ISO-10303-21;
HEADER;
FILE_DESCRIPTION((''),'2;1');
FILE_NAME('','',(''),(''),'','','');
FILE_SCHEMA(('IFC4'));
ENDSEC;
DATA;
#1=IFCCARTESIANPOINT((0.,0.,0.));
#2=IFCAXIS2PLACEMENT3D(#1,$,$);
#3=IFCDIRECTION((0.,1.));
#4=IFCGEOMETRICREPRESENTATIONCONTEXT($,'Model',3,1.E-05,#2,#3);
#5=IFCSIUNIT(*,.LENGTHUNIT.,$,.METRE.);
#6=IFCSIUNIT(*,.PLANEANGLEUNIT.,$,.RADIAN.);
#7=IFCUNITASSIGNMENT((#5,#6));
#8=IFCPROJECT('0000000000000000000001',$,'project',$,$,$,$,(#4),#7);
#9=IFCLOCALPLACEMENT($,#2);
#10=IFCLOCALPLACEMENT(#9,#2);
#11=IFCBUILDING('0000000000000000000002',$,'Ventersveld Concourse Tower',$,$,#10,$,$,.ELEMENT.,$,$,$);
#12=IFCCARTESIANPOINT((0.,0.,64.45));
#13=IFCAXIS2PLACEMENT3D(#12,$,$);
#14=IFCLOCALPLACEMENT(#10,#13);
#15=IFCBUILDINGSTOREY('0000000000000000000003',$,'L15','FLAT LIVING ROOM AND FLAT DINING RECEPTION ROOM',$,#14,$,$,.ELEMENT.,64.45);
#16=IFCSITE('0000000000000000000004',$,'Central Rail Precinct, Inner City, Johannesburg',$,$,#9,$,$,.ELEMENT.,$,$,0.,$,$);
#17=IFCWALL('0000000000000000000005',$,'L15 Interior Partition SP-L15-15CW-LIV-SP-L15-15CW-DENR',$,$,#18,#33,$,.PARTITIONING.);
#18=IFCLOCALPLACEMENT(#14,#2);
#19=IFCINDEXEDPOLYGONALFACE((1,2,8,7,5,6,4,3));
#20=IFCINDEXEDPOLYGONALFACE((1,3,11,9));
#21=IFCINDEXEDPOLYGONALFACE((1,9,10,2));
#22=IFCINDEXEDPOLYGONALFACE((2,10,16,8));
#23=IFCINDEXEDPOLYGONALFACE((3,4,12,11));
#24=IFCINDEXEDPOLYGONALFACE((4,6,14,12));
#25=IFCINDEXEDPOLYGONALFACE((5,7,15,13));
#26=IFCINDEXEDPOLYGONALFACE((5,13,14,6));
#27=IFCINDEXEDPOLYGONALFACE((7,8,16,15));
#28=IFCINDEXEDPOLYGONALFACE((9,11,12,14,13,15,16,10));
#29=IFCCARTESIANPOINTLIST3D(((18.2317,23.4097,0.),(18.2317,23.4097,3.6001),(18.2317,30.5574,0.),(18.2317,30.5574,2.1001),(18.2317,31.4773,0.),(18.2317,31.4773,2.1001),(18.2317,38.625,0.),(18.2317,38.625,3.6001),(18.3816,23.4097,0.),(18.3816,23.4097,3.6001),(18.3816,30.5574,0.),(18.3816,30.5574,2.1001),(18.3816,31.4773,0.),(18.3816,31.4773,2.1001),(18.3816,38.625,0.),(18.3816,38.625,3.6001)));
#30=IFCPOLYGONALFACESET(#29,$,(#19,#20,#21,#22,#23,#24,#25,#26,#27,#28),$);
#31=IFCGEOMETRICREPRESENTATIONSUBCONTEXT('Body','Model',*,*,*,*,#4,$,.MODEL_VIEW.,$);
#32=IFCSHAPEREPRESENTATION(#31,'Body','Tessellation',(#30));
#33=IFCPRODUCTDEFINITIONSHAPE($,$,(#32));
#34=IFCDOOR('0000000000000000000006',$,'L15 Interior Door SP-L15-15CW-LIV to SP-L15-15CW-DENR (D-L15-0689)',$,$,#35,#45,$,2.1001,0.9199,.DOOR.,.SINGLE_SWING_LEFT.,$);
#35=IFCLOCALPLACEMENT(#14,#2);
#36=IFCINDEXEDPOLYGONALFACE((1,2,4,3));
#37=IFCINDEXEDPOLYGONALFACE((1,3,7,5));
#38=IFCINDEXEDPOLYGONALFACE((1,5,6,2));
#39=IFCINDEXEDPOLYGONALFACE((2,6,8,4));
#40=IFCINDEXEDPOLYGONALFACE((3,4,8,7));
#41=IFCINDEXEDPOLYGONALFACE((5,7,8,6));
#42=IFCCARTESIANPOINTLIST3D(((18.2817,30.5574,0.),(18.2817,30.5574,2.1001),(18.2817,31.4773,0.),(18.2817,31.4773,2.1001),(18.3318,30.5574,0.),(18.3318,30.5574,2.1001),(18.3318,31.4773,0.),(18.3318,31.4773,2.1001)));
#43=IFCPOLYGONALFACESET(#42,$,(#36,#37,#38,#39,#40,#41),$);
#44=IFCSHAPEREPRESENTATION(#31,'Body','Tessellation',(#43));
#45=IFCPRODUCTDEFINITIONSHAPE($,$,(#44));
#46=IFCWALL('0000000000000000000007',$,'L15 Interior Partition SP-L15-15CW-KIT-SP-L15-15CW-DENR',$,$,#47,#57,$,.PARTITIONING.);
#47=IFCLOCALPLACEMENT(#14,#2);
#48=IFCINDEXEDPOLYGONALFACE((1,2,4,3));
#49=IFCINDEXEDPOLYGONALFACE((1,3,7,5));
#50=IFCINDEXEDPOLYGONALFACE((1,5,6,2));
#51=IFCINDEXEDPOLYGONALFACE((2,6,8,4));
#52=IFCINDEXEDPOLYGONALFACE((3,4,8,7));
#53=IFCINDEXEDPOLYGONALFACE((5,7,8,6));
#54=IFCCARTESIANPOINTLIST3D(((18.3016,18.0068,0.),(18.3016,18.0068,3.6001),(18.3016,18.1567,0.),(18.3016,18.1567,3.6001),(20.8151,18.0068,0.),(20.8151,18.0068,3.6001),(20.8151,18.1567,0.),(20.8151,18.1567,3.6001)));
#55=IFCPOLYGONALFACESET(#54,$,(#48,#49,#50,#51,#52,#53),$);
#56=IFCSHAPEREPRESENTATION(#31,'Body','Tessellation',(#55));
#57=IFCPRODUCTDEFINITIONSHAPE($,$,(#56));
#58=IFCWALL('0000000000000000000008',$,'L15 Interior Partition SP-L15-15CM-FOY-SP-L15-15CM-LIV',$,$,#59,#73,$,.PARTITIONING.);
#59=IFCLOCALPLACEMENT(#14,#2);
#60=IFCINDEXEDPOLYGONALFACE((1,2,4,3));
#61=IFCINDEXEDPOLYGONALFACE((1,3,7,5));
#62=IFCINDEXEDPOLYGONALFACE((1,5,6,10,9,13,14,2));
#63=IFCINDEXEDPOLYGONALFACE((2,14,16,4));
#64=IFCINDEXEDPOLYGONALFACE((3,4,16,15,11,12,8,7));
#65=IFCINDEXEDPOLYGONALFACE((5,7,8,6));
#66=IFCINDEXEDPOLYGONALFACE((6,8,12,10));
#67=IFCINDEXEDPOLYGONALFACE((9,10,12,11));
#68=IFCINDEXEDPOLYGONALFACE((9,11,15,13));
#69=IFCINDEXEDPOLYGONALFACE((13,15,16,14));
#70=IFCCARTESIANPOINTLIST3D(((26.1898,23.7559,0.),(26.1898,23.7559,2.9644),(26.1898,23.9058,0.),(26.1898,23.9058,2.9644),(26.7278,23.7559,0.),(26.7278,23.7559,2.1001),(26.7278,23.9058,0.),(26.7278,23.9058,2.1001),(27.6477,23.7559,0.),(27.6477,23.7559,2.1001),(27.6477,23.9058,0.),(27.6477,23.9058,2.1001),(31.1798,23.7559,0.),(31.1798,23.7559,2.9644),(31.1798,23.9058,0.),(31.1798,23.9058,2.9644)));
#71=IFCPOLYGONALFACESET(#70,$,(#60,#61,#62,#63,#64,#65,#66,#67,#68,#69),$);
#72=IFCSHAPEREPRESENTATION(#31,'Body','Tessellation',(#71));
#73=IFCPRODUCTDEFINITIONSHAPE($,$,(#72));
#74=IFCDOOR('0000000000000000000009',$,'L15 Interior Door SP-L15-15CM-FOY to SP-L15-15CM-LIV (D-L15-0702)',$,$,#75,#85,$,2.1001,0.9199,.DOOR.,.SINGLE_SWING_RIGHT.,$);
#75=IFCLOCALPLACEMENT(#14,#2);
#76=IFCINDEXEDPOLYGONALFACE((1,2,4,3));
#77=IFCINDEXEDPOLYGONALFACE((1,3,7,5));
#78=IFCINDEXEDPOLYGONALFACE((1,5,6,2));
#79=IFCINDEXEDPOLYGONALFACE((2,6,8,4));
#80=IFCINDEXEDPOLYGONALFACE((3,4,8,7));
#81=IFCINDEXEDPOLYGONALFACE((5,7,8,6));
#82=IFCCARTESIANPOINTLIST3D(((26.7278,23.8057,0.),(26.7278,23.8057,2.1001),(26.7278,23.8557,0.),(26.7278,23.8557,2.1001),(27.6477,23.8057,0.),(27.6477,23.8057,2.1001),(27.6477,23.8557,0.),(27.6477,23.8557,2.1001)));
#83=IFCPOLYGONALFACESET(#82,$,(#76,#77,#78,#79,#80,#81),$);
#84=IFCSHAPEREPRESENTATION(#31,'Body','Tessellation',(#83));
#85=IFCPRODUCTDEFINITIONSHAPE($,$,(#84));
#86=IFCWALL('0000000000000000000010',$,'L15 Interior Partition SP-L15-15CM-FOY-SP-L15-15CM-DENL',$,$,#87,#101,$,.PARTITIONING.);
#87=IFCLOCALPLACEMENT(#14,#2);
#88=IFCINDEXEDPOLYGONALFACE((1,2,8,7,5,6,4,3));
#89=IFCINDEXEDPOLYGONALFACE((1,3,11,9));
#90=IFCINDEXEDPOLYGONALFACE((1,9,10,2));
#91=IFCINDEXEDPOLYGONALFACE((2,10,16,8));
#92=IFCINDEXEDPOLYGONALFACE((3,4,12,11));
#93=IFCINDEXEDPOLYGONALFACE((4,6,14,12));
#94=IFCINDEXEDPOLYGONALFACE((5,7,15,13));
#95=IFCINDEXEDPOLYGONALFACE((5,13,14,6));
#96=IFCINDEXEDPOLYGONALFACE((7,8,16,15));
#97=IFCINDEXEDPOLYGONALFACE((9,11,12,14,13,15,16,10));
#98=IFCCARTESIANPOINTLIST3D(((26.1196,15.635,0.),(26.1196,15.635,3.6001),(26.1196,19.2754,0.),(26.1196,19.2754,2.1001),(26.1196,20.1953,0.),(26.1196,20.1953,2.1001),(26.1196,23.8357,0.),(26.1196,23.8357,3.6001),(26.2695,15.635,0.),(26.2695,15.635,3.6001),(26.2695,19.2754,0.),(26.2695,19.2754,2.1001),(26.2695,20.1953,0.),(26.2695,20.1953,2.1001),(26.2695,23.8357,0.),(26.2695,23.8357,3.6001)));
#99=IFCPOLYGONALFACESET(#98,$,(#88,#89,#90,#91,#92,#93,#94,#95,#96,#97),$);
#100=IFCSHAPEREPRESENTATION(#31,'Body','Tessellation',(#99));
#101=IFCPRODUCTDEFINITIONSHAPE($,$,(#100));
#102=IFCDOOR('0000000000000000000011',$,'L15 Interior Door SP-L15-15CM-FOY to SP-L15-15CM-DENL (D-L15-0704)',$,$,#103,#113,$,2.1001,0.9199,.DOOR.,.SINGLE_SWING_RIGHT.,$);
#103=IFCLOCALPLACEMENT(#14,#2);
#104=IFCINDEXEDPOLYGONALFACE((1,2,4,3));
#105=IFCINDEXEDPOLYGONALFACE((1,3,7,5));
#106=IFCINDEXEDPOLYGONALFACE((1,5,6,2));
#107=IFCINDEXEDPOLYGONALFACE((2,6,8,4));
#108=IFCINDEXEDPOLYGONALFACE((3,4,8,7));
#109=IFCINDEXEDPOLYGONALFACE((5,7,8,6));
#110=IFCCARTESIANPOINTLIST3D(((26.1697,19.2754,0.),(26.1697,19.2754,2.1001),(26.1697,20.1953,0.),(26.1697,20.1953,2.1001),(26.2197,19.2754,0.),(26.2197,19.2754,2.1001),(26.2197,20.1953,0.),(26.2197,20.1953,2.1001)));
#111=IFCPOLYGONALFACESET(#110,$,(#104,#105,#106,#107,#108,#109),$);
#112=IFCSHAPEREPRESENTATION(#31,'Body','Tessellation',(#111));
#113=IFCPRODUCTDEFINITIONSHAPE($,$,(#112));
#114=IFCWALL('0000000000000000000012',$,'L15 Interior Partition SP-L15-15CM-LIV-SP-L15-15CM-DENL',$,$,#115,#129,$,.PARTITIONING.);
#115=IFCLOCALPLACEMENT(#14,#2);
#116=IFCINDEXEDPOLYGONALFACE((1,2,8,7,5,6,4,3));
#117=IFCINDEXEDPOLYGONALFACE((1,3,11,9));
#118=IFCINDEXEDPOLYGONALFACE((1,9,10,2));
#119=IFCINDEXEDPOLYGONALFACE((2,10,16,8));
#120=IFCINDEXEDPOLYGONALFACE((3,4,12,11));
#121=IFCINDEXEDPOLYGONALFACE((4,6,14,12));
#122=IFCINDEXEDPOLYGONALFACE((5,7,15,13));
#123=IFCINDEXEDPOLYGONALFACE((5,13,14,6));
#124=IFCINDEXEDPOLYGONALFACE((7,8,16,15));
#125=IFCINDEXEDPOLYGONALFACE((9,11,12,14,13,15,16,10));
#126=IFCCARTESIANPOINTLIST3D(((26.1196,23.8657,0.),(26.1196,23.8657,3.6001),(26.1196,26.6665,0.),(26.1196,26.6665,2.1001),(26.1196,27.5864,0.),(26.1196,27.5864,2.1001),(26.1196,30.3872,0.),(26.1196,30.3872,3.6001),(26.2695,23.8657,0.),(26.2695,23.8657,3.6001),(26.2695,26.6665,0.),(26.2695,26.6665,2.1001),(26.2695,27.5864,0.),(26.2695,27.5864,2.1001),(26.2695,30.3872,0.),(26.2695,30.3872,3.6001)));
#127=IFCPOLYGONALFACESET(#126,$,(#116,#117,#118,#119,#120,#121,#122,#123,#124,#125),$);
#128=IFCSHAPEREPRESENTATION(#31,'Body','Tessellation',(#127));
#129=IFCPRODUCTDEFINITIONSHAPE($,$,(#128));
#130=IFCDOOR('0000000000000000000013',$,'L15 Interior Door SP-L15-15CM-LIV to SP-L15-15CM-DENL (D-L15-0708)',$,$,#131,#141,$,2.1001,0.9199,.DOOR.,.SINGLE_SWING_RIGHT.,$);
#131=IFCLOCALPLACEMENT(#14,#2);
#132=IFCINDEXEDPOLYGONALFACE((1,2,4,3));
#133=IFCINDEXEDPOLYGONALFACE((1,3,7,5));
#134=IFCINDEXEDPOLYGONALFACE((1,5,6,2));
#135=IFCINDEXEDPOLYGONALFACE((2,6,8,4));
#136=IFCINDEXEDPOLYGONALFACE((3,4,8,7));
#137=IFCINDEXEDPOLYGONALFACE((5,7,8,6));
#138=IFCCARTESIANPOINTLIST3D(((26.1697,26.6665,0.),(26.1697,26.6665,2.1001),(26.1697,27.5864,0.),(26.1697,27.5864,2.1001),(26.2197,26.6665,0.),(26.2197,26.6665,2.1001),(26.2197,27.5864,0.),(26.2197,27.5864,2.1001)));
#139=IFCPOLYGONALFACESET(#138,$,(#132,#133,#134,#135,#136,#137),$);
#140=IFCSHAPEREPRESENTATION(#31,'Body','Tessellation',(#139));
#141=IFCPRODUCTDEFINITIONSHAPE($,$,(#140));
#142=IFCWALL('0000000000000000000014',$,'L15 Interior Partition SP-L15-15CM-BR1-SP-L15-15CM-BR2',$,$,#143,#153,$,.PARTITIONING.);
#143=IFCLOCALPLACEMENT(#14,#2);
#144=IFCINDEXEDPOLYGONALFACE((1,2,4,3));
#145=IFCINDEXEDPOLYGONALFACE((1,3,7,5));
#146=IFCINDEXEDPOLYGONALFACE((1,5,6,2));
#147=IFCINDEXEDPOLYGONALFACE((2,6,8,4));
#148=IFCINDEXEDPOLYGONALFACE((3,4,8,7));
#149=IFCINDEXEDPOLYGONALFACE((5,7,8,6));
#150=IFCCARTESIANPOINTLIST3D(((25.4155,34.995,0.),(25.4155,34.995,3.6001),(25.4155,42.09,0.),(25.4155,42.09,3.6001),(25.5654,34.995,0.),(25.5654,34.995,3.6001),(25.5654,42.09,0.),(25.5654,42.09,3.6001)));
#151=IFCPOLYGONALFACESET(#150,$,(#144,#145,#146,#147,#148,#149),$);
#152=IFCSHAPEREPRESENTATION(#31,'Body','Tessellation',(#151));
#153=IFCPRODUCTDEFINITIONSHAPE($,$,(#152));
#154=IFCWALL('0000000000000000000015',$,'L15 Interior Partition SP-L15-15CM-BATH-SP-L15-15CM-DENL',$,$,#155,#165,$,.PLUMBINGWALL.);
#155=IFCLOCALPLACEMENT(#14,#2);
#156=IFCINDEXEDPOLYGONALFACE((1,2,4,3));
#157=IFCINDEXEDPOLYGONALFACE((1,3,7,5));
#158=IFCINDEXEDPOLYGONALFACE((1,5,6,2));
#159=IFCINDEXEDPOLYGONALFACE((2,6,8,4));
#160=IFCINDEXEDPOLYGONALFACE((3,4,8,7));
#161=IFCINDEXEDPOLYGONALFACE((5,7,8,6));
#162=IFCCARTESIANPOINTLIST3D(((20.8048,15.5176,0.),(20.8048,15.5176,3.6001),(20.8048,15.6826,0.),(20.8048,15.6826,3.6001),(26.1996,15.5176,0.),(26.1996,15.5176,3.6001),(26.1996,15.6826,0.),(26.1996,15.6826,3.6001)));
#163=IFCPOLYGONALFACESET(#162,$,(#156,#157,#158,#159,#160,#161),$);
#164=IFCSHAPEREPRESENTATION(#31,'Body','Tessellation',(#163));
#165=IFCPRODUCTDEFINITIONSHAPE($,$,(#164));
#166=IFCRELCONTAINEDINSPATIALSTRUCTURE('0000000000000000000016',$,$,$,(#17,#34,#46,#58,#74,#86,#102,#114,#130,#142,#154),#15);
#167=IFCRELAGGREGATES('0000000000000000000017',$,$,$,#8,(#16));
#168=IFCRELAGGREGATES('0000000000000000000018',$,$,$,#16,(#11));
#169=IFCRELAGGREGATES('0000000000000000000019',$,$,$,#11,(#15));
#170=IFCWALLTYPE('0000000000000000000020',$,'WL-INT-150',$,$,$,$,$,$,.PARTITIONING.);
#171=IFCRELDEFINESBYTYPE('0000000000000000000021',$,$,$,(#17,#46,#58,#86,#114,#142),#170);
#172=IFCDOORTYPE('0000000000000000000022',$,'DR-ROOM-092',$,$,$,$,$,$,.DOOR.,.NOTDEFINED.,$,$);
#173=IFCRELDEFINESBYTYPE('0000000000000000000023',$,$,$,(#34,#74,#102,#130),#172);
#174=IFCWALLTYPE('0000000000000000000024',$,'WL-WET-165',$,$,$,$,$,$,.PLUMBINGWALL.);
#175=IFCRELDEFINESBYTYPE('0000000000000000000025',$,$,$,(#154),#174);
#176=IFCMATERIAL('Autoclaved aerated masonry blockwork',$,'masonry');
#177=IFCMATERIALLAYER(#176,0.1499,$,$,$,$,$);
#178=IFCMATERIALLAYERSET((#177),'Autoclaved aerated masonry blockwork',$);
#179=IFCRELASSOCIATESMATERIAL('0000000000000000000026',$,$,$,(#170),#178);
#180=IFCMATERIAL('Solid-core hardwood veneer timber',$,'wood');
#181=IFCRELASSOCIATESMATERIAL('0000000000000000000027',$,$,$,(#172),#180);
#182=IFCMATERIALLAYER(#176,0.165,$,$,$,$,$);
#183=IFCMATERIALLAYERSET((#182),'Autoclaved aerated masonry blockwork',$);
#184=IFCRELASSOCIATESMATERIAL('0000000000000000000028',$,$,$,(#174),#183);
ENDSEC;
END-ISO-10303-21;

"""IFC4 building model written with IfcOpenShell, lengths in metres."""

from ifc_helpers import new_model, si_unit, direction, frame, frame_2d, origin, place, context, subcontext, project, spatial, rectangle, extrude, material, layer, layer_set, type_object, element, fill, save


model = new_model("IFC4")

# Units and contexts
model_context = context("Model", 3, precision=1e-05, world=origin(), true_north=direction((0.0, 1.0)))
body_context = subcontext(model_context, "Body", "Model", "MODEL_VIEW")
ifc_project = project(units=[si_unit("LENGTHUNIT", "METRE"), si_unit("PLANEANGLEUNIT", "RADIAN")], contexts=[model_context])

# Site, building, storey
site_placement = place(None, origin())
site = spatial("IfcSite", under=ifc_project, at=site_placement, Name="Central Rail Precinct, Inner City, Johannesburg", CompositionType="ELEMENT", RefElevation=0.0)
building_placement = place(site_placement, origin())
building = spatial("IfcBuilding", under=site, at=building_placement, Name="Ventersveld Concourse Tower", CompositionType="ELEMENT")
storey_placement = place(building_placement, frame((0.0, 0.0, 64.45)))
storey = spatial("IfcBuildingStorey", under=building, at=storey_placement, Name="L15", Description="FLAT LIVING ROOM AND FLAT DINING RECEPTION ROOM", CompositionType="ELEMENT", Elevation=64.45)

# Wall, opening, door
ifc_material_1 = material(Name="Autoclaved aerated masonry blockwork", Category="masonry")
ifc_layer_1 = layer(ifc_material_1, 0.1499)
ifc_layer_set_1 = layer_set([ifc_layer_1], Name="Autoclaved aerated masonry blockwork")
wall_type_1 = type_object("IfcWallType", Name="WL-INT-150", PredefinedType="PARTITIONING", material=ifc_layer_set_1)
ifc_material_2 = material(Name="Solid-core hardwood veneer timber", Category="wood")
door_type = type_object("IfcDoorType", Name="DR-ROOM-092", OperationType="NOTDEFINED", PredefinedType="DOOR", material=ifc_material_2)
wall_1_placement = place(storey_placement, frame((18.3066, 23.4097, 0.0), z_axis=(0.0, 0.0, 1.0), x_axis=(0.0, 1.0, 0.0)))
wall_1 = element("IfcWall", 1, at=wall_1_placement, inside=storey, type_object=wall_type_1, Name="L15 Interior Partition SP-L15-15CW-LIV-SP-L15-15CW-DENR", PredefinedType="PARTITIONING", context=body_context, shape_type="SweptSolid", body=[
    extrude(rectangle(XDim=15.2153, YDim=0.1499, at=frame_2d((7.6077, 0.0))), origin(), (0.0, 0.0, 1.0), 3.6001),
])
opening_1_placement = place(wall_1_placement, frame((7.1477, 0.0, 0.0)))
opening_1 = element("IfcOpeningElement", 2, at=opening_1_placement, cuts=wall_1, PredefinedType="OPENING", context=body_context, shape_type="SweptSolid", body=[
    extrude(rectangle(XDim=0.9199, YDim=2.1001, at=frame_2d((0.46, 1.05))), frame((0.0, 0.085, 0.0), z_axis=(0.0, -1.0, 0.0), x_axis=(1.0, 0.0, 0.0)), (0.0, 0.0, 1.0), 0.1699),
])
door_1_placement = place(opening_1_placement, origin())
door_1 = element("IfcDoor", 3, at=door_1_placement, inside=storey, type_object=door_type, Name="L15 Interior Door SP-L15-15CW-LIV to SP-L15-15CW-DENR (D-L15-0689)", OperationType="SINGLE_SWING_LEFT", OverallHeight=2.1001, OverallWidth=0.9199, PredefinedType="DOOR", context=body_context, shape_type="SweptSolid", body=[
    extrude(rectangle(XDim=0.9199, YDim=2.1001, at=frame_2d((0.46, 1.05))), frame((0.0, 0.0249, 0.0), z_axis=(0.0, -1.0, 0.0), x_axis=(1.0, 0.0, 0.0)), (0.0, 0.0, 1.0), 0.05),
])
fill(opening_1, door_1)

# Wall
wall_2_placement = place(storey_placement, frame((18.3015, 18.0818, 0.0), z_axis=(0.0, 0.0, 1.0), x_axis=(1.0, 0.0, 0.0)))
element("IfcWall", 4, at=wall_2_placement, inside=storey, type_object=wall_type_1, Name="L15 Interior Partition SP-L15-15CW-KIT-SP-L15-15CW-DENR", PredefinedType="PARTITIONING", context=body_context, shape_type="SweptSolid", body=[
    extrude(rectangle(XDim=2.5134, YDim=0.1499, at=frame_2d((1.2568, 0.0))), origin(), (0.0, 0.0, 1.0), 3.6001),
])

# Walls, openings, doors
wall_3_placement = place(storey_placement, frame((26.1897, 23.8308, 0.0), z_axis=(0.0, 0.0, 1.0), x_axis=(1.0, 0.0, 0.0)))
wall_3 = element("IfcWall", 5, at=wall_3_placement, inside=storey, type_object=wall_type_1, Name="L15 Interior Partition SP-L15-15CM-FOY-SP-L15-15CM-LIV", PredefinedType="PARTITIONING", context=body_context, shape_type="SweptSolid", body=[
    extrude(rectangle(XDim=4.99, YDim=0.1499, at=frame_2d((2.4951, 0.0))), origin(), (0.0, 0.0, 1.0), 2.9644),
])
opening_2_placement = place(wall_3_placement, frame((0.5381, 0.0, 0.0)))
opening_2 = element("IfcOpeningElement", 6, at=opening_2_placement, cuts=wall_3, PredefinedType="OPENING", context=body_context, shape_type="SweptSolid", body=[
    extrude(rectangle(XDim=0.9199, YDim=2.1001, at=frame_2d((0.46, 1.05))), frame((0.0, 0.085, 0.0), z_axis=(0.0, -1.0, 0.0), x_axis=(1.0, 0.0, 0.0)), (0.0, 0.0, 1.0), 0.1699),
])
door_2_placement = place(opening_2_placement, origin())
door_2 = element("IfcDoor", 7, at=door_2_placement, inside=storey, type_object=door_type, Name="L15 Interior Door SP-L15-15CM-FOY to SP-L15-15CM-LIV (D-L15-0702)", OperationType="SINGLE_SWING_RIGHT", OverallHeight=2.1001, OverallWidth=0.9199, PredefinedType="DOOR", context=body_context, shape_type="SweptSolid", body=[
    extrude(rectangle(XDim=0.9199, YDim=2.1001, at=frame_2d((0.46, 1.05))), frame((0.0, 0.0249, 0.0), z_axis=(0.0, -1.0, 0.0), x_axis=(1.0, 0.0, 0.0)), (0.0, 0.0, 1.0), 0.05),
])
fill(opening_2, door_2)
wall_4_placement = place(storey_placement, frame((26.1946, 15.635, 0.0), z_axis=(0.0, 0.0, 1.0), x_axis=(0.0, 1.0, 0.0)))
wall_4 = element("IfcWall", 8, at=wall_4_placement, inside=storey, type_object=wall_type_1, Name="L15 Interior Partition SP-L15-15CM-FOY-SP-L15-15CM-DENL", PredefinedType="PARTITIONING", context=body_context, shape_type="SweptSolid", body=[
    extrude(rectangle(XDim=8.2007, YDim=0.1499, at=frame_2d((4.1003, 0.0))), origin(), (0.0, 0.0, 1.0), 3.6001),
])
opening_3_placement = place(wall_4_placement, frame((3.6404, 0.0, 0.0)))
opening_3 = element("IfcOpeningElement", 9, at=opening_3_placement, cuts=wall_4, PredefinedType="OPENING", context=body_context, shape_type="SweptSolid", body=[
    extrude(rectangle(XDim=0.9199, YDim=2.1001, at=frame_2d((0.46, 1.05))), frame((0.0, 0.085, 0.0), z_axis=(0.0, -1.0, 0.0), x_axis=(1.0, 0.0, 0.0)), (0.0, 0.0, 1.0), 0.1699),
])
door_3_placement = place(opening_3_placement, origin())
door_3 = element("IfcDoor", 10, at=door_3_placement, inside=storey, type_object=door_type, Name="L15 Interior Door SP-L15-15CM-FOY to SP-L15-15CM-DENL (D-L15-0704)", OperationType="SINGLE_SWING_RIGHT", OverallHeight=2.1001, OverallWidth=0.9199, PredefinedType="DOOR", context=body_context, shape_type="SweptSolid", body=[
    extrude(rectangle(XDim=0.9199, YDim=2.1001, at=frame_2d((0.46, 1.05))), frame((0.0, 0.0249, 0.0), z_axis=(0.0, -1.0, 0.0), x_axis=(1.0, 0.0, 0.0)), (0.0, 0.0, 1.0), 0.05),
])
fill(opening_3, door_3)
wall_5_placement = place(storey_placement, frame((26.1946, 23.8657, 0.0), z_axis=(0.0, 0.0, 1.0), x_axis=(0.0, 1.0, 0.0)))
wall_5 = element("IfcWall", 11, at=wall_5_placement, inside=storey, type_object=wall_type_1, Name="L15 Interior Partition SP-L15-15CM-LIV-SP-L15-15CM-DENL", PredefinedType="PARTITIONING", context=body_context, shape_type="SweptSolid", body=[
    extrude(rectangle(XDim=6.5215, YDim=0.1499, at=frame_2d((3.2607, 0.0))), origin(), (0.0, 0.0, 1.0), 3.6001),
])
opening_4_placement = place(wall_5_placement, frame((2.8008, 0.0, 0.0)))
opening_4 = element("IfcOpeningElement", 12, at=opening_4_placement, cuts=wall_5, PredefinedType="OPENING", context=body_context, shape_type="SweptSolid", body=[
    extrude(rectangle(XDim=0.9199, YDim=2.1001, at=frame_2d((0.46, 1.05))), frame((0.0, 0.085, 0.0), z_axis=(0.0, -1.0, 0.0), x_axis=(1.0, 0.0, 0.0)), (0.0, 0.0, 1.0), 0.1699),
])
door_4_placement = place(opening_4_placement, origin())
door_4 = element("IfcDoor", 13, at=door_4_placement, inside=storey, type_object=door_type, Name="L15 Interior Door SP-L15-15CM-LIV to SP-L15-15CM-DENL (D-L15-0708)", OperationType="SINGLE_SWING_RIGHT", OverallHeight=2.1001, OverallWidth=0.9199, PredefinedType="DOOR", context=body_context, shape_type="SweptSolid", body=[
    extrude(rectangle(XDim=0.9199, YDim=2.1001, at=frame_2d((0.46, 1.05))), frame((0.0, 0.0249, 0.0), z_axis=(0.0, -1.0, 0.0), x_axis=(1.0, 0.0, 0.0)), (0.0, 0.0, 1.0), 0.05),
])
fill(opening_4, door_4)

# Walls
wall_6_placement = place(storey_placement, frame((25.4905, 34.9951, 0.0), z_axis=(0.0, 0.0, 1.0), x_axis=(0.0, 1.0, 0.0)))
element("IfcWall", 14, at=wall_6_placement, inside=storey, type_object=wall_type_1, Name="L15 Interior Partition SP-L15-15CM-BR1-SP-L15-15CM-BR2", PredefinedType="PARTITIONING", context=body_context, shape_type="SweptSolid", body=[
    extrude(rectangle(XDim=7.095, YDim=0.1499, at=frame_2d((3.5474, 0.0))), origin(), (0.0, 0.0, 1.0), 3.6001),
])
ifc_layer_2 = layer(ifc_material_1, 0.165)
ifc_layer_set_2 = layer_set([ifc_layer_2], Name="Autoclaved aerated masonry blockwork")
wall_type_2 = type_object("IfcWallType", Name="WL-WET-165", PredefinedType="PLUMBINGWALL", material=ifc_layer_set_2)
wall_7_placement = place(storey_placement, frame((20.8049, 15.6001, 0.0), z_axis=(0.0, 0.0, 1.0), x_axis=(1.0, 0.0, 0.0)))
element("IfcWall", 15, at=wall_7_placement, inside=storey, type_object=wall_type_2, Name="L15 Interior Partition SP-L15-15CM-BATH-SP-L15-15CM-DENL", PredefinedType="PLUMBINGWALL", context=body_context, shape_type="SweptSolid", body=[
    extrude(rectangle(XDim=5.3948, YDim=0.165, at=frame_2d((2.6973, 0.0))), origin(), (0.0, 0.0, 1.0), 3.6001),
])

save(model, "model.ifc")
